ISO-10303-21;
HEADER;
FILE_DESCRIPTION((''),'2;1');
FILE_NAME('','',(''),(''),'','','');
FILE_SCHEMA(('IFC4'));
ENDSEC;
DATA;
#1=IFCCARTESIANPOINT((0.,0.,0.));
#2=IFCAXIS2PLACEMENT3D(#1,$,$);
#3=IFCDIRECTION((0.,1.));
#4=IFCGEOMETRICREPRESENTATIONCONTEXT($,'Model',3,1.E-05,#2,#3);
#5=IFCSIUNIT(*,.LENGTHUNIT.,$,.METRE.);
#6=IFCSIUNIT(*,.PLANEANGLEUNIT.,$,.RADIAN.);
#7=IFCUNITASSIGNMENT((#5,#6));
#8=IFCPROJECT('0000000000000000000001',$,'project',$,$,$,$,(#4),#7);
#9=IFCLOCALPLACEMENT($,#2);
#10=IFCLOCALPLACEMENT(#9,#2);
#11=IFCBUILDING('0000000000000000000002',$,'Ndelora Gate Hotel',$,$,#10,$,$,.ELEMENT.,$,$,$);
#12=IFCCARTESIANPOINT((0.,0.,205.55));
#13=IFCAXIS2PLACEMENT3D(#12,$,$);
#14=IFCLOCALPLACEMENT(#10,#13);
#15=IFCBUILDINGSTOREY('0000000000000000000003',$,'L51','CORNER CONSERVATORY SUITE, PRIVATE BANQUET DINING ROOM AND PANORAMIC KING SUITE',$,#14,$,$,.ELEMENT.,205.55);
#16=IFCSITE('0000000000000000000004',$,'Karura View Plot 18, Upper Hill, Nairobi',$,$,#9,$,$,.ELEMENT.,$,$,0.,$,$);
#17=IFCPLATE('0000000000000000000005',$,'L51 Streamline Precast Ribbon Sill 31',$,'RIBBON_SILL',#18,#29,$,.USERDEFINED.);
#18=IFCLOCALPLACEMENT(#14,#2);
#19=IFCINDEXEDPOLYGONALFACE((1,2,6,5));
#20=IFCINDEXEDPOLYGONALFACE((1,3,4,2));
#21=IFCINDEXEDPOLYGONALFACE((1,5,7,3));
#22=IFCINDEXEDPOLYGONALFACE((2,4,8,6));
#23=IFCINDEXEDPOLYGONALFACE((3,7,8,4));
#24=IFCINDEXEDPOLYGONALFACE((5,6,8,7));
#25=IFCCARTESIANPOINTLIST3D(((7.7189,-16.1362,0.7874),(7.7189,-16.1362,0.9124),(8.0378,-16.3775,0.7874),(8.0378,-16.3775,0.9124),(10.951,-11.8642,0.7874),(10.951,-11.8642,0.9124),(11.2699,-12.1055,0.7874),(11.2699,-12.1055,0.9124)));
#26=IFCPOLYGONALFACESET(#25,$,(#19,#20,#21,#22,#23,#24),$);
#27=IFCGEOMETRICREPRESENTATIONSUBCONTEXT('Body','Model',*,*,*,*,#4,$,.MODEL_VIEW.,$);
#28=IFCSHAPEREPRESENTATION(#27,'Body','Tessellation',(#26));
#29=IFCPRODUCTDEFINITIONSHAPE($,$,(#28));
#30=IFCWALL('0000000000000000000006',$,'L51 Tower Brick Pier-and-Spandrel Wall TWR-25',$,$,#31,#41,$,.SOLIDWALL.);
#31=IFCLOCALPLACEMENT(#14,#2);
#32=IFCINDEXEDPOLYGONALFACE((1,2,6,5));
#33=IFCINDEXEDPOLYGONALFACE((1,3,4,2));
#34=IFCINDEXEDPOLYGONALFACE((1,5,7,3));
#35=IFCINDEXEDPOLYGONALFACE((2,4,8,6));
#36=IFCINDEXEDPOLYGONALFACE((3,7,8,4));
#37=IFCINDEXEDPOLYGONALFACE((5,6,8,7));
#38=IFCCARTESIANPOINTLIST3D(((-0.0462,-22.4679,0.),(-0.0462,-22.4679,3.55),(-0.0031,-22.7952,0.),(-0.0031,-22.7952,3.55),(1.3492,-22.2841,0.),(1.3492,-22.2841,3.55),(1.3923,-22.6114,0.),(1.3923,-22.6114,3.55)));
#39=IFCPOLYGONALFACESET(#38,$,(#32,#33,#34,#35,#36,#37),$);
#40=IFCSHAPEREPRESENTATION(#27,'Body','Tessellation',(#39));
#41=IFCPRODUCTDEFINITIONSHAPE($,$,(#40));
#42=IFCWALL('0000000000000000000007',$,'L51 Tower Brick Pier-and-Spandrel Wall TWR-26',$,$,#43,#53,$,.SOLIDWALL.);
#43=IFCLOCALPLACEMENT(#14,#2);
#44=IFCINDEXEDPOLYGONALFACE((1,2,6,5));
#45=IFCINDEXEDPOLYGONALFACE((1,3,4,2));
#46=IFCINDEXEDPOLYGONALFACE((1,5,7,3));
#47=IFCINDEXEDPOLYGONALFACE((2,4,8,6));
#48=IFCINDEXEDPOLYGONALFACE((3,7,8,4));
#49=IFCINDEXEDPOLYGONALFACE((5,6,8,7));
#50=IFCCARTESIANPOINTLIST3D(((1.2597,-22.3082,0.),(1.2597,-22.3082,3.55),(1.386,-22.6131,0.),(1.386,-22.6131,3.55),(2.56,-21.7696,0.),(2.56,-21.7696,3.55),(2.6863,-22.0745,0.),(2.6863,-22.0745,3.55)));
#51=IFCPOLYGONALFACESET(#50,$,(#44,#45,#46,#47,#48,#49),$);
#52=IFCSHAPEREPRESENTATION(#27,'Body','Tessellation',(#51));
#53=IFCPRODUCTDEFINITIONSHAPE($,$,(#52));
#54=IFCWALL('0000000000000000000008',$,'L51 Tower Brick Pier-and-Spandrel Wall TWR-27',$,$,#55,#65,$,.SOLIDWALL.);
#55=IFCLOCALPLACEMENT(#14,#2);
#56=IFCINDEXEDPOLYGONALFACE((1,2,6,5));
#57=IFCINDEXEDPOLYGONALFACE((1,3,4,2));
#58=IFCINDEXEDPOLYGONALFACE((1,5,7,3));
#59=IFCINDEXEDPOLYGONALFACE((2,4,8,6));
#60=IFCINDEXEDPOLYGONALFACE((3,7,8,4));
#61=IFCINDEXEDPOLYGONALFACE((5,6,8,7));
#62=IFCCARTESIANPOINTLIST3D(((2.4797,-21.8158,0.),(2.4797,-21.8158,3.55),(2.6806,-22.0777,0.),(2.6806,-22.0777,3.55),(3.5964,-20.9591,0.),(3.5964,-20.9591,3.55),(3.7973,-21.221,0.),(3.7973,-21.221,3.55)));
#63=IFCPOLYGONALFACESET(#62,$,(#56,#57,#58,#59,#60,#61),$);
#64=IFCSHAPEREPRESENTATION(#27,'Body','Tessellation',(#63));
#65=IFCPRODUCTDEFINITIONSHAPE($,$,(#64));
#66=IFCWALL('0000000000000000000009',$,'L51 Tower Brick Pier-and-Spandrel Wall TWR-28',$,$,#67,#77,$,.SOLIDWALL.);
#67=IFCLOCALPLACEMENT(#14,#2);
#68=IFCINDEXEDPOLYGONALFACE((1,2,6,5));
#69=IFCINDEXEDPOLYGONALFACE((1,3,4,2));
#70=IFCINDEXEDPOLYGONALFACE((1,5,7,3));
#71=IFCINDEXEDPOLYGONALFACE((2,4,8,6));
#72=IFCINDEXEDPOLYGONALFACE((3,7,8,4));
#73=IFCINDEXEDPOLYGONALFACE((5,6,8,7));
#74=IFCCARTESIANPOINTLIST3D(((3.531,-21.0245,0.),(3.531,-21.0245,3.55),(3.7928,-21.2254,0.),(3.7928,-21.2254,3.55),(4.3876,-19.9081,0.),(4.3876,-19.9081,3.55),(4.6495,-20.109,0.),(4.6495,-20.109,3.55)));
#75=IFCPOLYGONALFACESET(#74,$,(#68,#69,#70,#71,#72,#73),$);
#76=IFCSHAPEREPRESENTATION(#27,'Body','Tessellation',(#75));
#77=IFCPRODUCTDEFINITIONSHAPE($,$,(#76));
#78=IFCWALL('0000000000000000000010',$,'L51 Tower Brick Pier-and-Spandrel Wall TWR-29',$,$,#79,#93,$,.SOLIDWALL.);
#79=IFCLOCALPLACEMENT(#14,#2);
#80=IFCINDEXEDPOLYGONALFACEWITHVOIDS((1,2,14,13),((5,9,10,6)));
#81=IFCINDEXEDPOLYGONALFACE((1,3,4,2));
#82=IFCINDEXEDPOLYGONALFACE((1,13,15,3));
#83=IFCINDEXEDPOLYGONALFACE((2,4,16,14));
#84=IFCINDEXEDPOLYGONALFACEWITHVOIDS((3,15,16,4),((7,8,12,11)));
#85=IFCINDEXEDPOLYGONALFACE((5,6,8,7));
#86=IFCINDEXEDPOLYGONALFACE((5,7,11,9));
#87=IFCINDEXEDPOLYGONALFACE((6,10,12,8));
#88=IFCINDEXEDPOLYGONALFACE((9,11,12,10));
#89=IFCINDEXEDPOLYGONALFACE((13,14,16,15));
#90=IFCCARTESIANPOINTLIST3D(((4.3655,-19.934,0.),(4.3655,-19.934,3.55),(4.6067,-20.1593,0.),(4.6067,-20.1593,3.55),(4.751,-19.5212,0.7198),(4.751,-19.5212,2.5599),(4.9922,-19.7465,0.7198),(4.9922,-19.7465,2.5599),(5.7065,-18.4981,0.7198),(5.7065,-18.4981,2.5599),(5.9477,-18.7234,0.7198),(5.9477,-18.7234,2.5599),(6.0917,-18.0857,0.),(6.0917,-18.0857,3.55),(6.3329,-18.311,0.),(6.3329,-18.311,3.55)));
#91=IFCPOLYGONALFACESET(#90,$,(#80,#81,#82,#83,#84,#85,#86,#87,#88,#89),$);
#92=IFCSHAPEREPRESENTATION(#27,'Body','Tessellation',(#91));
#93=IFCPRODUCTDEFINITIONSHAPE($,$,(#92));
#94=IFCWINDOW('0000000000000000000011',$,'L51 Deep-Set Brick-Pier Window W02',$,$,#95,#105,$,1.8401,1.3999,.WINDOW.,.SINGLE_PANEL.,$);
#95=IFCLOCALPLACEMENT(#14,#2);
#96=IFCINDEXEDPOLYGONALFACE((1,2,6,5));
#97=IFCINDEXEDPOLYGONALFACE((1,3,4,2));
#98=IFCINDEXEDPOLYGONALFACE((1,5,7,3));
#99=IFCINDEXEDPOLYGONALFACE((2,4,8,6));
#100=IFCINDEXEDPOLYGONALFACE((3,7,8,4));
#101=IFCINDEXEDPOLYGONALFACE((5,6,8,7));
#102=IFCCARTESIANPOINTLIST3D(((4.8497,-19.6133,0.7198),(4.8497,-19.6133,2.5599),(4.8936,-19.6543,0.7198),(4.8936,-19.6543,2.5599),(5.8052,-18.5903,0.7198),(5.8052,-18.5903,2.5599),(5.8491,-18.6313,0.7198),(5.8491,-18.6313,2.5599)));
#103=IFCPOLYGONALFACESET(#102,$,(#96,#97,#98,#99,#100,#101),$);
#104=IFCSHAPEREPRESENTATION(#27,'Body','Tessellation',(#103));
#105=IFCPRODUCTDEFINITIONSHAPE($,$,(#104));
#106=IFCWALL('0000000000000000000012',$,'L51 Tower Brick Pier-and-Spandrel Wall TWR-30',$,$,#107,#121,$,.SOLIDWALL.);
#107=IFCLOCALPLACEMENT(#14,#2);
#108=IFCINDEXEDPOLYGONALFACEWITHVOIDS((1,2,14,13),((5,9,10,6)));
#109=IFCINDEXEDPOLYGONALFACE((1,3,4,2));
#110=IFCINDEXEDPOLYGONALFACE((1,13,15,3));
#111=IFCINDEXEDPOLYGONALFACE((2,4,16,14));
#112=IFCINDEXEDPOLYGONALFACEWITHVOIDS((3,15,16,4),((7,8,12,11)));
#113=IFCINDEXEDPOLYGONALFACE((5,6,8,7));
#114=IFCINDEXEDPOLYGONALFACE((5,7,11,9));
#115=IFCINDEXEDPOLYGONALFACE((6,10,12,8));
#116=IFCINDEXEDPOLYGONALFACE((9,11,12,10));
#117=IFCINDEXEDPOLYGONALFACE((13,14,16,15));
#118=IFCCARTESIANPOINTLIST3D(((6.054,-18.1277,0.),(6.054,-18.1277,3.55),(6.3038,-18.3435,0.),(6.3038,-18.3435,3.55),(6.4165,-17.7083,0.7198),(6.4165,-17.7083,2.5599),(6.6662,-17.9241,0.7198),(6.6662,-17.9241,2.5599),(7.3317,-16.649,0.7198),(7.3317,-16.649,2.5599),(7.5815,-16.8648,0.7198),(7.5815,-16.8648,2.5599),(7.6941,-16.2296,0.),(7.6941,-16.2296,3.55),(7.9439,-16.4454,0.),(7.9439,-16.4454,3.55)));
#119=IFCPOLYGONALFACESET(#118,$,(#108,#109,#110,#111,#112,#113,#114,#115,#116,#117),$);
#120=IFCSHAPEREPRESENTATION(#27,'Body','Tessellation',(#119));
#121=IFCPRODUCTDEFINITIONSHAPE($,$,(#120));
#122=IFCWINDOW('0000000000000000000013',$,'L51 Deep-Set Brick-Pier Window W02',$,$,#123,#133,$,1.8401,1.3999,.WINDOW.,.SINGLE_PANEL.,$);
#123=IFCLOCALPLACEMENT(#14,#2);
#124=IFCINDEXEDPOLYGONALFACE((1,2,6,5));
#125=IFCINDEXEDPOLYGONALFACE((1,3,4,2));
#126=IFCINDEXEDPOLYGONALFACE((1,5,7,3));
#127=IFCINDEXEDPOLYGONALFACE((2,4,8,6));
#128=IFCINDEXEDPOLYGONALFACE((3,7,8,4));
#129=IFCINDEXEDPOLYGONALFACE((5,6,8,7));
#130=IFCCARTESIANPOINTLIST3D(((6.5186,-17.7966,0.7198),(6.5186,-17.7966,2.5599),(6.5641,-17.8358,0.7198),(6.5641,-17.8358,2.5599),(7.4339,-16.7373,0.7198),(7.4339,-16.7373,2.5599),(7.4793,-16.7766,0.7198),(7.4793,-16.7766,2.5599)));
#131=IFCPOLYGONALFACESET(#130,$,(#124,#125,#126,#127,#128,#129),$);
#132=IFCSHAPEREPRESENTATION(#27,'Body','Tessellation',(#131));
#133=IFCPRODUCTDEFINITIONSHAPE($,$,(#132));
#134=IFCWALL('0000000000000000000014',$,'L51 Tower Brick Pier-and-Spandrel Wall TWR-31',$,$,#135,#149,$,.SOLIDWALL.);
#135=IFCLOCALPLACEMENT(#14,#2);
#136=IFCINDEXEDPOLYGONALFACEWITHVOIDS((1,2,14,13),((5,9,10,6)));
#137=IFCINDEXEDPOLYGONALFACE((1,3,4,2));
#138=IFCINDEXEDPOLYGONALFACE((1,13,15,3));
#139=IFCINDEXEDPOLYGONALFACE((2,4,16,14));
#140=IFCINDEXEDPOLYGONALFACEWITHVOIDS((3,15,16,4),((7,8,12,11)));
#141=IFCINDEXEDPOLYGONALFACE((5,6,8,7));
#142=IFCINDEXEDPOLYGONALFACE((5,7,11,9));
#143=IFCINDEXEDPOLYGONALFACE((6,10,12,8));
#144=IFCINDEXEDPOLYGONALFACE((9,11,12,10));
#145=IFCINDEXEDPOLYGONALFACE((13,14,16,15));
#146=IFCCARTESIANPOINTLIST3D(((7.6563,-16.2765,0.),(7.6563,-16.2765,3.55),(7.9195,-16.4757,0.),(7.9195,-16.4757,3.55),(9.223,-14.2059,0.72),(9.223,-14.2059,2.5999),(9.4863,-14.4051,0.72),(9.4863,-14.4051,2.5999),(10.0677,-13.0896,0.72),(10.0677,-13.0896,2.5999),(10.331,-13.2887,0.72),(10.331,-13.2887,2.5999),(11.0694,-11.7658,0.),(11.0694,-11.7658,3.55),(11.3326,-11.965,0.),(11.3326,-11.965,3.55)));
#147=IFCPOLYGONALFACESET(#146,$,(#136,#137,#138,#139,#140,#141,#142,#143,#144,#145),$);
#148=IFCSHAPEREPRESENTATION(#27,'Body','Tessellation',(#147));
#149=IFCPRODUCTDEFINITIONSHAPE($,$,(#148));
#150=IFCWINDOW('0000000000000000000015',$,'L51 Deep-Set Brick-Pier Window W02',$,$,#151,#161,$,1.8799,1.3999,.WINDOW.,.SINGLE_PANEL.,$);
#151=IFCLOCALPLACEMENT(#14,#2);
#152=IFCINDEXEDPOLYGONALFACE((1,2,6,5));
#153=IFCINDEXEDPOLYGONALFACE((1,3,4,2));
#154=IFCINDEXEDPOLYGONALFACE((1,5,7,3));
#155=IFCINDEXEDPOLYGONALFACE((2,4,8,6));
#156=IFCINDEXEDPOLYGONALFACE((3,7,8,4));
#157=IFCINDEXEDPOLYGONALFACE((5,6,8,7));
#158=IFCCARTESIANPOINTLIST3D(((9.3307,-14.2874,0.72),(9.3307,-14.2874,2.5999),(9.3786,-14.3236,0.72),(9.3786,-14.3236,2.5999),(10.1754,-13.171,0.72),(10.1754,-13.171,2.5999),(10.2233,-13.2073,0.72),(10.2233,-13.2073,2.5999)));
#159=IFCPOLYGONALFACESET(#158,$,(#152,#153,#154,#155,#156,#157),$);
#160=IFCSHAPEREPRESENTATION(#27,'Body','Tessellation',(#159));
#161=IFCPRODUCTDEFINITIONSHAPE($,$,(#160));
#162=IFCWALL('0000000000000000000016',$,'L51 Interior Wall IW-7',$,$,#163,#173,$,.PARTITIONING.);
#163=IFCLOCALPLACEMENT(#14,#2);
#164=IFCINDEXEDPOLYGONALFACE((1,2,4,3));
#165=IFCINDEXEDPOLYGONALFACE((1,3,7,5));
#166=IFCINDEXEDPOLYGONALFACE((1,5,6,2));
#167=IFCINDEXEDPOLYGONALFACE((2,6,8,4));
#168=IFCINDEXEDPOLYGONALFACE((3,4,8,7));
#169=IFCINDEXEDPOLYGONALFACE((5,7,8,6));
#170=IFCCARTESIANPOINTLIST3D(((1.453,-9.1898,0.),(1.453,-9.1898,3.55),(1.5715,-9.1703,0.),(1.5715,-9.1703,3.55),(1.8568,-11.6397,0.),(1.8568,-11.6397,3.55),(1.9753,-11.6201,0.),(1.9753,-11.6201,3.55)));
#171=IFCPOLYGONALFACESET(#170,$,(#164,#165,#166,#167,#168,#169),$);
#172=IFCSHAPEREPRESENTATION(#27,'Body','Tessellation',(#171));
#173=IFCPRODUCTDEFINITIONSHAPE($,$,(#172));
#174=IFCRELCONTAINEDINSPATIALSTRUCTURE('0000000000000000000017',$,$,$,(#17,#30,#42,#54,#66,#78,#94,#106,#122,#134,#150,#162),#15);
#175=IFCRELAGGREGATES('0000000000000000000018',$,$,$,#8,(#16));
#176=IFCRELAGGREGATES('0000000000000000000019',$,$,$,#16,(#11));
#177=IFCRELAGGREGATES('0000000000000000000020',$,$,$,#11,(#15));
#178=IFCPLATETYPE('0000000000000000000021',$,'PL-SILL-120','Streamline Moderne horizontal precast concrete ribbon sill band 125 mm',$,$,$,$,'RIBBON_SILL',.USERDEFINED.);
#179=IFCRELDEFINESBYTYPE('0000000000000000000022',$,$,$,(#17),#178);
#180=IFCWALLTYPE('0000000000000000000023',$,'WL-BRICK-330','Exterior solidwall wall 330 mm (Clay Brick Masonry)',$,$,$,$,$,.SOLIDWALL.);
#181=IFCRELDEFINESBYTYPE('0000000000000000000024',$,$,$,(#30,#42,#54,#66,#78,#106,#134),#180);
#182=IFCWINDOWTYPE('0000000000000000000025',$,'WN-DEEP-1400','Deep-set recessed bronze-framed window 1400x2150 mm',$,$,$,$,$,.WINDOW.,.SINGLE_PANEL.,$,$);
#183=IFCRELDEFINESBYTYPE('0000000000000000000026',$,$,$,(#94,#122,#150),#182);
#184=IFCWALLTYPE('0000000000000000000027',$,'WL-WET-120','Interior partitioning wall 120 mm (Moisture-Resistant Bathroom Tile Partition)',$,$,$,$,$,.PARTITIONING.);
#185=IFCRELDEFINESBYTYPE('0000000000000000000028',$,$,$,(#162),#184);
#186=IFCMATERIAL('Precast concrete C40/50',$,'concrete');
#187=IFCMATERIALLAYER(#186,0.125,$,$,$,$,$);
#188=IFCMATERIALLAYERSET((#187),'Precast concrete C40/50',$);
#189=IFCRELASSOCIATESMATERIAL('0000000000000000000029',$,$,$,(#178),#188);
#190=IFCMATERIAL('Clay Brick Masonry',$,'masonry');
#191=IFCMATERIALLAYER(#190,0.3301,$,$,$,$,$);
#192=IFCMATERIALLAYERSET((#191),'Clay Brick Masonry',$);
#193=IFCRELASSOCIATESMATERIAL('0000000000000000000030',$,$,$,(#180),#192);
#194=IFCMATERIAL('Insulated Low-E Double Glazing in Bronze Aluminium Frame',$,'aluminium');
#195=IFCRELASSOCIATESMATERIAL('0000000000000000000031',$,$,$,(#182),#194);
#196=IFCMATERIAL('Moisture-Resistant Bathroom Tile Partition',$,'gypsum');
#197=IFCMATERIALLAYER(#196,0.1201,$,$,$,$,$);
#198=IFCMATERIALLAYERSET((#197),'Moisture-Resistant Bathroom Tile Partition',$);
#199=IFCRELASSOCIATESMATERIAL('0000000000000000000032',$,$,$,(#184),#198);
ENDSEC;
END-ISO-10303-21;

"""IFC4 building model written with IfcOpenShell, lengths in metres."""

from ifc_helpers import new_model, si_unit, direction, frame, frame_2d, origin, origin_2d, place, context, subcontext, project, spatial, rectangle, extrude, material, layer, layer_set, type_object, element, fill, save


model = new_model("IFC4")

# Units and contexts
model_context = context("Model", 3, precision=1e-05, world=origin(), true_north=direction((0.0, 1.0)))
body_context = subcontext(model_context, "Body", "Model", "MODEL_VIEW")
ifc_project = project(units=[si_unit("LENGTHUNIT", "METRE"), si_unit("PLANEANGLEUNIT", "RADIAN")], contexts=[model_context])

# Site, building, storey
site_placement = place(None, origin())
site = spatial("IfcSite", under=ifc_project, at=site_placement, Name="Karura View Plot 18, Upper Hill, Nairobi", CompositionType="ELEMENT", RefElevation=0.0)
building_placement = place(site_placement, origin())
building = spatial("IfcBuilding", under=site, at=building_placement, Name="Ndelora Gate Hotel", CompositionType="ELEMENT")
storey_placement = place(building_placement, frame((0.0, 0.0, 205.55)))
storey = spatial("IfcBuildingStorey", under=building, at=storey_placement, Name="L51", Description="CORNER CONSERVATORY SUITE, PRIVATE BANQUET DINING ROOM AND PANORAMIC KING SUITE", CompositionType="ELEMENT", Elevation=205.55)

# Plate
ifc_material_1 = material(Name="Precast concrete C40/50", Category="concrete")
ifc_layer_1 = layer(ifc_material_1, 0.125)
ifc_layer_set_1 = layer_set([ifc_layer_1], Name="Precast concrete C40/50")
plate_type = type_object("IfcPlateType", Name="PL-SILL-120", Description="Streamline Moderne horizontal precast concrete ribbon sill band 125 mm", ElementType="RIBBON_SILL", PredefinedType="USERDEFINED", material=ifc_layer_set_1)
plate_placement = place(storey_placement, frame((9.4944, -14.1208, 0.7874), z_axis=(0.0, 0.0, 1.0), x_axis=(0.603347, 0.797479, 0.0)))
element("IfcPlate", 1, at=plate_placement, inside=storey, type_object=plate_type, Name="L51 Streamline Precast Ribbon Sill 31", ObjectType="RIBBON_SILL", PredefinedType="USERDEFINED", context=body_context, shape_type="SweptSolid", body=[
    extrude(rectangle(XDim=5.3569, YDim=0.3999, at=origin_2d()), origin(), (0.0, 0.0, 1.0), 0.125),
])

# Walls
ifc_material_2 = material(Name="Clay Brick Masonry", Category="masonry")
ifc_layer_2 = layer(ifc_material_2, 0.3301)
ifc_layer_set_2 = layer_set([ifc_layer_2], Name="Clay Brick Masonry")
wall_type_1 = type_object("IfcWallType", Name="WL-BRICK-330", Description="Exterior solidwall wall 330 mm (Clay Brick Masonry)", PredefinedType="SOLIDWALL", material=ifc_layer_set_2)
for number, where, z_axis, x_axis, name in (
    (2, (1.3706, -22.4478, 0.0), (0.0, 0.0, 1.0), (-0.991434, -0.130607, 0.0), "L51 Tower Brick Pier-and-Spandrel Wall TWR-25"),
    (3, (2.623, -21.9221, 0.0), (0.0, 0.0, 1.0), (-0.923886, -0.382668, 0.0), "L51 Tower Brick Pier-and-Spandrel Wall TWR-26"),
    (4, (3.6968, -21.0901, 0.0), (0.0, 0.0, 1.0), (-0.793416, -0.608679, 0.0), "L51 Tower Brick Pier-and-Spandrel Wall TWR-27"),
):
    element("IfcWall", number, at=place(storey_placement, frame(where, z_axis=z_axis, x_axis=x_axis)), inside=storey, type_object=wall_type_1, Name=name, PredefinedType="SOLIDWALL", context=body_context, shape_type="SweptSolid", body=[
        extrude(rectangle(XDim=1.4075, YDim=0.3301, at=frame_2d((0.7036, 0.0))), origin(), (0.0, 0.0, 1.0), 3.55),
    ])
wall_1_placement = place(storey_placement, frame((4.5186, -20.0085, 0.0), z_axis=(0.0, 0.0, 1.0), x_axis=(-0.608763, -0.793352, 0.0)))
element("IfcWall", 5, at=wall_1_placement, inside=storey, type_object=wall_type_1, Name="L51 Tower Brick Pier-and-Spandrel Wall TWR-28", PredefinedType="SOLIDWALL", context=body_context, shape_type="SweptSolid", body=[
    extrude(rectangle(XDim=1.4072, YDim=0.3301, at=frame_2d((0.7036, 0.0))), origin(), (0.0, 0.0, 1.0), 3.55),
])

# Walls, openings, windows
wall_2_placement = place(storey_placement, frame((6.2124, -18.1982, 0.0), z_axis=(0.0, 0.0, 1.0), x_axis=(-0.682562, -0.730827, 0.0)))
wall_2 = element("IfcWall", 6, at=wall_2_placement, inside=storey, type_object=wall_type_1, Name="L51 Tower Brick Pier-and-Spandrel Wall TWR-29", PredefinedType="SOLIDWALL", context=body_context, shape_type="SweptSolid", body=[
    extrude(rectangle(XDim=2.5291, YDim=0.3301, at=frame_2d((1.2646, 0.0))), origin(), (0.0, 0.0, 1.0), 3.55),
])
opening_1_placement = place(wall_2_placement, frame((0.5645, 0.0, 0.72)))
opening_1 = element("IfcOpeningElement", 7, at=opening_1_placement, cuts=wall_2, PredefinedType="OPENING", context=body_context, shape_type="SweptSolid", body=[
    extrude(rectangle(XDim=1.3999, YDim=1.8401, at=frame_2d((0.7, 0.9199))), frame((0.0, 0.175, 0.0), z_axis=(0.0, -1.0, 0.0), x_axis=(1.0, 0.0, 0.0)), (0.0, 0.0, 1.0), 0.3501),
])
ifc_material_3 = material(Name="Insulated Low-E Double Glazing in Bronze Aluminium Frame", Category="aluminium")
window_type = type_object("IfcWindowType", Name="WN-DEEP-1400", Description="Deep-set recessed bronze-framed window 1400x2150 mm", PartitioningType="SINGLE_PANEL", PredefinedType="WINDOW", material=ifc_material_3)
window_1_placement = place(opening_1_placement, origin())
window_1 = element("IfcWindow", 8, at=window_1_placement, inside=storey, type_object=window_type, Name="L51 Deep-Set Brick-Pier Window W02", OverallHeight=1.8401, OverallWidth=1.3999, PartitioningType="SINGLE_PANEL", PredefinedType="WINDOW", context=body_context, shape_type="SweptSolid", body=[
    extrude(rectangle(XDim=1.3999, YDim=1.8401, at=frame_2d((0.7, 0.9199))), frame((0.0, 0.03, 0.0), z_axis=(0.0, -1.0, 0.0), x_axis=(1.0, 0.0, 0.0)), (0.0, 0.0, 1.0), 0.0601),
])
fill(opening_1, window_1)
wall_3_placement = place(storey_placement, frame((7.8191, -16.3374, 0.0), z_axis=(0.0, 0.0, 1.0), x_axis=(-0.6538, -0.756668, 0.0)))
wall_3 = element("IfcWall", 9, at=wall_3_placement, inside=storey, type_object=wall_type_1, Name="L51 Tower Brick Pier-and-Spandrel Wall TWR-30", PredefinedType="SOLIDWALL", context=body_context, shape_type="SweptSolid", body=[
    extrude(rectangle(XDim=2.5085, YDim=0.3301, at=frame_2d((1.2544, 0.0))), origin(), (0.0, 0.0, 1.0), 3.55),
])
opening_2_placement = place(wall_3_placement, frame((0.5544, 0.0, 0.72)))
opening_2 = element("IfcOpeningElement", 10, at=opening_2_placement, cuts=wall_3, PredefinedType="OPENING", context=body_context, shape_type="SweptSolid", body=[
    extrude(rectangle(XDim=1.3999, YDim=1.8401, at=frame_2d((0.7, 0.9199))), frame((0.0, 0.175, 0.0), z_axis=(0.0, -1.0, 0.0), x_axis=(1.0, 0.0, 0.0)), (0.0, 0.0, 1.0), 0.3501),
])
window_2_placement = place(opening_2_placement, origin())
window_2 = element("IfcWindow", 11, at=window_2_placement, inside=storey, type_object=window_type, Name="L51 Deep-Set Brick-Pier Window W02", OverallHeight=1.8401, OverallWidth=1.3999, PartitioningType="SINGLE_PANEL", PredefinedType="WINDOW", context=body_context, shape_type="SweptSolid", body=[
    extrude(rectangle(XDim=1.3999, YDim=1.8401, at=frame_2d((0.7, 0.9199))), frame((0.0, 0.03, 0.0), z_axis=(0.0, -1.0, 0.0), x_axis=(1.0, 0.0, 0.0)), (0.0, 0.0, 1.0), 0.0601),
])
fill(opening_2, window_2)
wall_4_placement = place(storey_placement, frame((11.2009, -11.8655, 0.0), z_axis=(0.0, 0.0, 1.0), x_axis=(-0.603392, -0.797445, 0.0)))
wall_4 = element("IfcWall", 12, at=wall_4_placement, inside=storey, type_object=wall_type_1, Name="L51 Tower Brick Pier-and-Spandrel Wall TWR-31", PredefinedType="SOLIDWALL", context=body_context, shape_type="SweptSolid", body=[
    extrude(rectangle(XDim=5.6565, YDim=0.3301, at=frame_2d((2.8281, 0.0))), origin(), (0.0, 0.0, 1.0), 3.55),
])
opening_3_placement = place(wall_4_placement, frame((1.6599, 0.0, 0.72)))
opening_3 = element("IfcOpeningElement", 13, at=opening_3_placement, cuts=wall_4, PredefinedType="OPENING", context=body_context, shape_type="SweptSolid", body=[
    extrude(rectangle(XDim=1.3999, YDim=1.8799, at=frame_2d((0.7, 0.9399))), frame((0.0, 0.175, 0.0), z_axis=(0.0, -1.0, 0.0), x_axis=(1.0, 0.0, 0.0)), (0.0, 0.0, 1.0), 0.3501),
])
window_3_placement = place(opening_3_placement, origin())
window_3 = element("IfcWindow", 14, at=window_3_placement, inside=storey, type_object=window_type, Name="L51 Deep-Set Brick-Pier Window W02", OverallHeight=1.8799, OverallWidth=1.3999, PartitioningType="SINGLE_PANEL", PredefinedType="WINDOW", context=body_context, shape_type="SweptSolid", body=[
    extrude(rectangle(XDim=1.3999, YDim=1.8799, at=frame_2d((0.7, 0.9399))), frame((0.0, 0.03, 0.0), z_axis=(0.0, -1.0, 0.0), x_axis=(1.0, 0.0, 0.0)), (0.0, 0.0, 1.0), 0.0601),
])
fill(opening_3, window_3)

# Wall
ifc_material_4 = material(Name="Moisture-Resistant Bathroom Tile Partition", Category="gypsum")
ifc_layer_3 = layer(ifc_material_4, 0.1201)
ifc_layer_set_3 = layer_set([ifc_layer_3], Name="Moisture-Resistant Bathroom Tile Partition")
wall_type_2 = type_object("IfcWallType", Name="WL-WET-120", Description="Interior partitioning wall 120 mm (Moisture-Resistant Bathroom Tile Partition)", PredefinedType="PARTITIONING", material=ifc_layer_set_3)
wall_5_placement = place(storey_placement, frame((1.916, -11.6299, 0.0), z_axis=(0.0, 0.0, 1.0), x_axis=(-0.162629, 0.986687, 0.0)))
element("IfcWall", 15, at=wall_5_placement, inside=storey, type_object=wall_type_2, Name="L51 Interior Wall IW-7", PredefinedType="PARTITIONING", context=body_context, shape_type="SweptSolid", body=[
    extrude(rectangle(XDim=2.4829, YDim=0.1201, at=frame_2d((1.2415, 0.0))), origin(), (0.0, 0.0, 1.0), 3.55),
])

save(model, "model.ifc")
